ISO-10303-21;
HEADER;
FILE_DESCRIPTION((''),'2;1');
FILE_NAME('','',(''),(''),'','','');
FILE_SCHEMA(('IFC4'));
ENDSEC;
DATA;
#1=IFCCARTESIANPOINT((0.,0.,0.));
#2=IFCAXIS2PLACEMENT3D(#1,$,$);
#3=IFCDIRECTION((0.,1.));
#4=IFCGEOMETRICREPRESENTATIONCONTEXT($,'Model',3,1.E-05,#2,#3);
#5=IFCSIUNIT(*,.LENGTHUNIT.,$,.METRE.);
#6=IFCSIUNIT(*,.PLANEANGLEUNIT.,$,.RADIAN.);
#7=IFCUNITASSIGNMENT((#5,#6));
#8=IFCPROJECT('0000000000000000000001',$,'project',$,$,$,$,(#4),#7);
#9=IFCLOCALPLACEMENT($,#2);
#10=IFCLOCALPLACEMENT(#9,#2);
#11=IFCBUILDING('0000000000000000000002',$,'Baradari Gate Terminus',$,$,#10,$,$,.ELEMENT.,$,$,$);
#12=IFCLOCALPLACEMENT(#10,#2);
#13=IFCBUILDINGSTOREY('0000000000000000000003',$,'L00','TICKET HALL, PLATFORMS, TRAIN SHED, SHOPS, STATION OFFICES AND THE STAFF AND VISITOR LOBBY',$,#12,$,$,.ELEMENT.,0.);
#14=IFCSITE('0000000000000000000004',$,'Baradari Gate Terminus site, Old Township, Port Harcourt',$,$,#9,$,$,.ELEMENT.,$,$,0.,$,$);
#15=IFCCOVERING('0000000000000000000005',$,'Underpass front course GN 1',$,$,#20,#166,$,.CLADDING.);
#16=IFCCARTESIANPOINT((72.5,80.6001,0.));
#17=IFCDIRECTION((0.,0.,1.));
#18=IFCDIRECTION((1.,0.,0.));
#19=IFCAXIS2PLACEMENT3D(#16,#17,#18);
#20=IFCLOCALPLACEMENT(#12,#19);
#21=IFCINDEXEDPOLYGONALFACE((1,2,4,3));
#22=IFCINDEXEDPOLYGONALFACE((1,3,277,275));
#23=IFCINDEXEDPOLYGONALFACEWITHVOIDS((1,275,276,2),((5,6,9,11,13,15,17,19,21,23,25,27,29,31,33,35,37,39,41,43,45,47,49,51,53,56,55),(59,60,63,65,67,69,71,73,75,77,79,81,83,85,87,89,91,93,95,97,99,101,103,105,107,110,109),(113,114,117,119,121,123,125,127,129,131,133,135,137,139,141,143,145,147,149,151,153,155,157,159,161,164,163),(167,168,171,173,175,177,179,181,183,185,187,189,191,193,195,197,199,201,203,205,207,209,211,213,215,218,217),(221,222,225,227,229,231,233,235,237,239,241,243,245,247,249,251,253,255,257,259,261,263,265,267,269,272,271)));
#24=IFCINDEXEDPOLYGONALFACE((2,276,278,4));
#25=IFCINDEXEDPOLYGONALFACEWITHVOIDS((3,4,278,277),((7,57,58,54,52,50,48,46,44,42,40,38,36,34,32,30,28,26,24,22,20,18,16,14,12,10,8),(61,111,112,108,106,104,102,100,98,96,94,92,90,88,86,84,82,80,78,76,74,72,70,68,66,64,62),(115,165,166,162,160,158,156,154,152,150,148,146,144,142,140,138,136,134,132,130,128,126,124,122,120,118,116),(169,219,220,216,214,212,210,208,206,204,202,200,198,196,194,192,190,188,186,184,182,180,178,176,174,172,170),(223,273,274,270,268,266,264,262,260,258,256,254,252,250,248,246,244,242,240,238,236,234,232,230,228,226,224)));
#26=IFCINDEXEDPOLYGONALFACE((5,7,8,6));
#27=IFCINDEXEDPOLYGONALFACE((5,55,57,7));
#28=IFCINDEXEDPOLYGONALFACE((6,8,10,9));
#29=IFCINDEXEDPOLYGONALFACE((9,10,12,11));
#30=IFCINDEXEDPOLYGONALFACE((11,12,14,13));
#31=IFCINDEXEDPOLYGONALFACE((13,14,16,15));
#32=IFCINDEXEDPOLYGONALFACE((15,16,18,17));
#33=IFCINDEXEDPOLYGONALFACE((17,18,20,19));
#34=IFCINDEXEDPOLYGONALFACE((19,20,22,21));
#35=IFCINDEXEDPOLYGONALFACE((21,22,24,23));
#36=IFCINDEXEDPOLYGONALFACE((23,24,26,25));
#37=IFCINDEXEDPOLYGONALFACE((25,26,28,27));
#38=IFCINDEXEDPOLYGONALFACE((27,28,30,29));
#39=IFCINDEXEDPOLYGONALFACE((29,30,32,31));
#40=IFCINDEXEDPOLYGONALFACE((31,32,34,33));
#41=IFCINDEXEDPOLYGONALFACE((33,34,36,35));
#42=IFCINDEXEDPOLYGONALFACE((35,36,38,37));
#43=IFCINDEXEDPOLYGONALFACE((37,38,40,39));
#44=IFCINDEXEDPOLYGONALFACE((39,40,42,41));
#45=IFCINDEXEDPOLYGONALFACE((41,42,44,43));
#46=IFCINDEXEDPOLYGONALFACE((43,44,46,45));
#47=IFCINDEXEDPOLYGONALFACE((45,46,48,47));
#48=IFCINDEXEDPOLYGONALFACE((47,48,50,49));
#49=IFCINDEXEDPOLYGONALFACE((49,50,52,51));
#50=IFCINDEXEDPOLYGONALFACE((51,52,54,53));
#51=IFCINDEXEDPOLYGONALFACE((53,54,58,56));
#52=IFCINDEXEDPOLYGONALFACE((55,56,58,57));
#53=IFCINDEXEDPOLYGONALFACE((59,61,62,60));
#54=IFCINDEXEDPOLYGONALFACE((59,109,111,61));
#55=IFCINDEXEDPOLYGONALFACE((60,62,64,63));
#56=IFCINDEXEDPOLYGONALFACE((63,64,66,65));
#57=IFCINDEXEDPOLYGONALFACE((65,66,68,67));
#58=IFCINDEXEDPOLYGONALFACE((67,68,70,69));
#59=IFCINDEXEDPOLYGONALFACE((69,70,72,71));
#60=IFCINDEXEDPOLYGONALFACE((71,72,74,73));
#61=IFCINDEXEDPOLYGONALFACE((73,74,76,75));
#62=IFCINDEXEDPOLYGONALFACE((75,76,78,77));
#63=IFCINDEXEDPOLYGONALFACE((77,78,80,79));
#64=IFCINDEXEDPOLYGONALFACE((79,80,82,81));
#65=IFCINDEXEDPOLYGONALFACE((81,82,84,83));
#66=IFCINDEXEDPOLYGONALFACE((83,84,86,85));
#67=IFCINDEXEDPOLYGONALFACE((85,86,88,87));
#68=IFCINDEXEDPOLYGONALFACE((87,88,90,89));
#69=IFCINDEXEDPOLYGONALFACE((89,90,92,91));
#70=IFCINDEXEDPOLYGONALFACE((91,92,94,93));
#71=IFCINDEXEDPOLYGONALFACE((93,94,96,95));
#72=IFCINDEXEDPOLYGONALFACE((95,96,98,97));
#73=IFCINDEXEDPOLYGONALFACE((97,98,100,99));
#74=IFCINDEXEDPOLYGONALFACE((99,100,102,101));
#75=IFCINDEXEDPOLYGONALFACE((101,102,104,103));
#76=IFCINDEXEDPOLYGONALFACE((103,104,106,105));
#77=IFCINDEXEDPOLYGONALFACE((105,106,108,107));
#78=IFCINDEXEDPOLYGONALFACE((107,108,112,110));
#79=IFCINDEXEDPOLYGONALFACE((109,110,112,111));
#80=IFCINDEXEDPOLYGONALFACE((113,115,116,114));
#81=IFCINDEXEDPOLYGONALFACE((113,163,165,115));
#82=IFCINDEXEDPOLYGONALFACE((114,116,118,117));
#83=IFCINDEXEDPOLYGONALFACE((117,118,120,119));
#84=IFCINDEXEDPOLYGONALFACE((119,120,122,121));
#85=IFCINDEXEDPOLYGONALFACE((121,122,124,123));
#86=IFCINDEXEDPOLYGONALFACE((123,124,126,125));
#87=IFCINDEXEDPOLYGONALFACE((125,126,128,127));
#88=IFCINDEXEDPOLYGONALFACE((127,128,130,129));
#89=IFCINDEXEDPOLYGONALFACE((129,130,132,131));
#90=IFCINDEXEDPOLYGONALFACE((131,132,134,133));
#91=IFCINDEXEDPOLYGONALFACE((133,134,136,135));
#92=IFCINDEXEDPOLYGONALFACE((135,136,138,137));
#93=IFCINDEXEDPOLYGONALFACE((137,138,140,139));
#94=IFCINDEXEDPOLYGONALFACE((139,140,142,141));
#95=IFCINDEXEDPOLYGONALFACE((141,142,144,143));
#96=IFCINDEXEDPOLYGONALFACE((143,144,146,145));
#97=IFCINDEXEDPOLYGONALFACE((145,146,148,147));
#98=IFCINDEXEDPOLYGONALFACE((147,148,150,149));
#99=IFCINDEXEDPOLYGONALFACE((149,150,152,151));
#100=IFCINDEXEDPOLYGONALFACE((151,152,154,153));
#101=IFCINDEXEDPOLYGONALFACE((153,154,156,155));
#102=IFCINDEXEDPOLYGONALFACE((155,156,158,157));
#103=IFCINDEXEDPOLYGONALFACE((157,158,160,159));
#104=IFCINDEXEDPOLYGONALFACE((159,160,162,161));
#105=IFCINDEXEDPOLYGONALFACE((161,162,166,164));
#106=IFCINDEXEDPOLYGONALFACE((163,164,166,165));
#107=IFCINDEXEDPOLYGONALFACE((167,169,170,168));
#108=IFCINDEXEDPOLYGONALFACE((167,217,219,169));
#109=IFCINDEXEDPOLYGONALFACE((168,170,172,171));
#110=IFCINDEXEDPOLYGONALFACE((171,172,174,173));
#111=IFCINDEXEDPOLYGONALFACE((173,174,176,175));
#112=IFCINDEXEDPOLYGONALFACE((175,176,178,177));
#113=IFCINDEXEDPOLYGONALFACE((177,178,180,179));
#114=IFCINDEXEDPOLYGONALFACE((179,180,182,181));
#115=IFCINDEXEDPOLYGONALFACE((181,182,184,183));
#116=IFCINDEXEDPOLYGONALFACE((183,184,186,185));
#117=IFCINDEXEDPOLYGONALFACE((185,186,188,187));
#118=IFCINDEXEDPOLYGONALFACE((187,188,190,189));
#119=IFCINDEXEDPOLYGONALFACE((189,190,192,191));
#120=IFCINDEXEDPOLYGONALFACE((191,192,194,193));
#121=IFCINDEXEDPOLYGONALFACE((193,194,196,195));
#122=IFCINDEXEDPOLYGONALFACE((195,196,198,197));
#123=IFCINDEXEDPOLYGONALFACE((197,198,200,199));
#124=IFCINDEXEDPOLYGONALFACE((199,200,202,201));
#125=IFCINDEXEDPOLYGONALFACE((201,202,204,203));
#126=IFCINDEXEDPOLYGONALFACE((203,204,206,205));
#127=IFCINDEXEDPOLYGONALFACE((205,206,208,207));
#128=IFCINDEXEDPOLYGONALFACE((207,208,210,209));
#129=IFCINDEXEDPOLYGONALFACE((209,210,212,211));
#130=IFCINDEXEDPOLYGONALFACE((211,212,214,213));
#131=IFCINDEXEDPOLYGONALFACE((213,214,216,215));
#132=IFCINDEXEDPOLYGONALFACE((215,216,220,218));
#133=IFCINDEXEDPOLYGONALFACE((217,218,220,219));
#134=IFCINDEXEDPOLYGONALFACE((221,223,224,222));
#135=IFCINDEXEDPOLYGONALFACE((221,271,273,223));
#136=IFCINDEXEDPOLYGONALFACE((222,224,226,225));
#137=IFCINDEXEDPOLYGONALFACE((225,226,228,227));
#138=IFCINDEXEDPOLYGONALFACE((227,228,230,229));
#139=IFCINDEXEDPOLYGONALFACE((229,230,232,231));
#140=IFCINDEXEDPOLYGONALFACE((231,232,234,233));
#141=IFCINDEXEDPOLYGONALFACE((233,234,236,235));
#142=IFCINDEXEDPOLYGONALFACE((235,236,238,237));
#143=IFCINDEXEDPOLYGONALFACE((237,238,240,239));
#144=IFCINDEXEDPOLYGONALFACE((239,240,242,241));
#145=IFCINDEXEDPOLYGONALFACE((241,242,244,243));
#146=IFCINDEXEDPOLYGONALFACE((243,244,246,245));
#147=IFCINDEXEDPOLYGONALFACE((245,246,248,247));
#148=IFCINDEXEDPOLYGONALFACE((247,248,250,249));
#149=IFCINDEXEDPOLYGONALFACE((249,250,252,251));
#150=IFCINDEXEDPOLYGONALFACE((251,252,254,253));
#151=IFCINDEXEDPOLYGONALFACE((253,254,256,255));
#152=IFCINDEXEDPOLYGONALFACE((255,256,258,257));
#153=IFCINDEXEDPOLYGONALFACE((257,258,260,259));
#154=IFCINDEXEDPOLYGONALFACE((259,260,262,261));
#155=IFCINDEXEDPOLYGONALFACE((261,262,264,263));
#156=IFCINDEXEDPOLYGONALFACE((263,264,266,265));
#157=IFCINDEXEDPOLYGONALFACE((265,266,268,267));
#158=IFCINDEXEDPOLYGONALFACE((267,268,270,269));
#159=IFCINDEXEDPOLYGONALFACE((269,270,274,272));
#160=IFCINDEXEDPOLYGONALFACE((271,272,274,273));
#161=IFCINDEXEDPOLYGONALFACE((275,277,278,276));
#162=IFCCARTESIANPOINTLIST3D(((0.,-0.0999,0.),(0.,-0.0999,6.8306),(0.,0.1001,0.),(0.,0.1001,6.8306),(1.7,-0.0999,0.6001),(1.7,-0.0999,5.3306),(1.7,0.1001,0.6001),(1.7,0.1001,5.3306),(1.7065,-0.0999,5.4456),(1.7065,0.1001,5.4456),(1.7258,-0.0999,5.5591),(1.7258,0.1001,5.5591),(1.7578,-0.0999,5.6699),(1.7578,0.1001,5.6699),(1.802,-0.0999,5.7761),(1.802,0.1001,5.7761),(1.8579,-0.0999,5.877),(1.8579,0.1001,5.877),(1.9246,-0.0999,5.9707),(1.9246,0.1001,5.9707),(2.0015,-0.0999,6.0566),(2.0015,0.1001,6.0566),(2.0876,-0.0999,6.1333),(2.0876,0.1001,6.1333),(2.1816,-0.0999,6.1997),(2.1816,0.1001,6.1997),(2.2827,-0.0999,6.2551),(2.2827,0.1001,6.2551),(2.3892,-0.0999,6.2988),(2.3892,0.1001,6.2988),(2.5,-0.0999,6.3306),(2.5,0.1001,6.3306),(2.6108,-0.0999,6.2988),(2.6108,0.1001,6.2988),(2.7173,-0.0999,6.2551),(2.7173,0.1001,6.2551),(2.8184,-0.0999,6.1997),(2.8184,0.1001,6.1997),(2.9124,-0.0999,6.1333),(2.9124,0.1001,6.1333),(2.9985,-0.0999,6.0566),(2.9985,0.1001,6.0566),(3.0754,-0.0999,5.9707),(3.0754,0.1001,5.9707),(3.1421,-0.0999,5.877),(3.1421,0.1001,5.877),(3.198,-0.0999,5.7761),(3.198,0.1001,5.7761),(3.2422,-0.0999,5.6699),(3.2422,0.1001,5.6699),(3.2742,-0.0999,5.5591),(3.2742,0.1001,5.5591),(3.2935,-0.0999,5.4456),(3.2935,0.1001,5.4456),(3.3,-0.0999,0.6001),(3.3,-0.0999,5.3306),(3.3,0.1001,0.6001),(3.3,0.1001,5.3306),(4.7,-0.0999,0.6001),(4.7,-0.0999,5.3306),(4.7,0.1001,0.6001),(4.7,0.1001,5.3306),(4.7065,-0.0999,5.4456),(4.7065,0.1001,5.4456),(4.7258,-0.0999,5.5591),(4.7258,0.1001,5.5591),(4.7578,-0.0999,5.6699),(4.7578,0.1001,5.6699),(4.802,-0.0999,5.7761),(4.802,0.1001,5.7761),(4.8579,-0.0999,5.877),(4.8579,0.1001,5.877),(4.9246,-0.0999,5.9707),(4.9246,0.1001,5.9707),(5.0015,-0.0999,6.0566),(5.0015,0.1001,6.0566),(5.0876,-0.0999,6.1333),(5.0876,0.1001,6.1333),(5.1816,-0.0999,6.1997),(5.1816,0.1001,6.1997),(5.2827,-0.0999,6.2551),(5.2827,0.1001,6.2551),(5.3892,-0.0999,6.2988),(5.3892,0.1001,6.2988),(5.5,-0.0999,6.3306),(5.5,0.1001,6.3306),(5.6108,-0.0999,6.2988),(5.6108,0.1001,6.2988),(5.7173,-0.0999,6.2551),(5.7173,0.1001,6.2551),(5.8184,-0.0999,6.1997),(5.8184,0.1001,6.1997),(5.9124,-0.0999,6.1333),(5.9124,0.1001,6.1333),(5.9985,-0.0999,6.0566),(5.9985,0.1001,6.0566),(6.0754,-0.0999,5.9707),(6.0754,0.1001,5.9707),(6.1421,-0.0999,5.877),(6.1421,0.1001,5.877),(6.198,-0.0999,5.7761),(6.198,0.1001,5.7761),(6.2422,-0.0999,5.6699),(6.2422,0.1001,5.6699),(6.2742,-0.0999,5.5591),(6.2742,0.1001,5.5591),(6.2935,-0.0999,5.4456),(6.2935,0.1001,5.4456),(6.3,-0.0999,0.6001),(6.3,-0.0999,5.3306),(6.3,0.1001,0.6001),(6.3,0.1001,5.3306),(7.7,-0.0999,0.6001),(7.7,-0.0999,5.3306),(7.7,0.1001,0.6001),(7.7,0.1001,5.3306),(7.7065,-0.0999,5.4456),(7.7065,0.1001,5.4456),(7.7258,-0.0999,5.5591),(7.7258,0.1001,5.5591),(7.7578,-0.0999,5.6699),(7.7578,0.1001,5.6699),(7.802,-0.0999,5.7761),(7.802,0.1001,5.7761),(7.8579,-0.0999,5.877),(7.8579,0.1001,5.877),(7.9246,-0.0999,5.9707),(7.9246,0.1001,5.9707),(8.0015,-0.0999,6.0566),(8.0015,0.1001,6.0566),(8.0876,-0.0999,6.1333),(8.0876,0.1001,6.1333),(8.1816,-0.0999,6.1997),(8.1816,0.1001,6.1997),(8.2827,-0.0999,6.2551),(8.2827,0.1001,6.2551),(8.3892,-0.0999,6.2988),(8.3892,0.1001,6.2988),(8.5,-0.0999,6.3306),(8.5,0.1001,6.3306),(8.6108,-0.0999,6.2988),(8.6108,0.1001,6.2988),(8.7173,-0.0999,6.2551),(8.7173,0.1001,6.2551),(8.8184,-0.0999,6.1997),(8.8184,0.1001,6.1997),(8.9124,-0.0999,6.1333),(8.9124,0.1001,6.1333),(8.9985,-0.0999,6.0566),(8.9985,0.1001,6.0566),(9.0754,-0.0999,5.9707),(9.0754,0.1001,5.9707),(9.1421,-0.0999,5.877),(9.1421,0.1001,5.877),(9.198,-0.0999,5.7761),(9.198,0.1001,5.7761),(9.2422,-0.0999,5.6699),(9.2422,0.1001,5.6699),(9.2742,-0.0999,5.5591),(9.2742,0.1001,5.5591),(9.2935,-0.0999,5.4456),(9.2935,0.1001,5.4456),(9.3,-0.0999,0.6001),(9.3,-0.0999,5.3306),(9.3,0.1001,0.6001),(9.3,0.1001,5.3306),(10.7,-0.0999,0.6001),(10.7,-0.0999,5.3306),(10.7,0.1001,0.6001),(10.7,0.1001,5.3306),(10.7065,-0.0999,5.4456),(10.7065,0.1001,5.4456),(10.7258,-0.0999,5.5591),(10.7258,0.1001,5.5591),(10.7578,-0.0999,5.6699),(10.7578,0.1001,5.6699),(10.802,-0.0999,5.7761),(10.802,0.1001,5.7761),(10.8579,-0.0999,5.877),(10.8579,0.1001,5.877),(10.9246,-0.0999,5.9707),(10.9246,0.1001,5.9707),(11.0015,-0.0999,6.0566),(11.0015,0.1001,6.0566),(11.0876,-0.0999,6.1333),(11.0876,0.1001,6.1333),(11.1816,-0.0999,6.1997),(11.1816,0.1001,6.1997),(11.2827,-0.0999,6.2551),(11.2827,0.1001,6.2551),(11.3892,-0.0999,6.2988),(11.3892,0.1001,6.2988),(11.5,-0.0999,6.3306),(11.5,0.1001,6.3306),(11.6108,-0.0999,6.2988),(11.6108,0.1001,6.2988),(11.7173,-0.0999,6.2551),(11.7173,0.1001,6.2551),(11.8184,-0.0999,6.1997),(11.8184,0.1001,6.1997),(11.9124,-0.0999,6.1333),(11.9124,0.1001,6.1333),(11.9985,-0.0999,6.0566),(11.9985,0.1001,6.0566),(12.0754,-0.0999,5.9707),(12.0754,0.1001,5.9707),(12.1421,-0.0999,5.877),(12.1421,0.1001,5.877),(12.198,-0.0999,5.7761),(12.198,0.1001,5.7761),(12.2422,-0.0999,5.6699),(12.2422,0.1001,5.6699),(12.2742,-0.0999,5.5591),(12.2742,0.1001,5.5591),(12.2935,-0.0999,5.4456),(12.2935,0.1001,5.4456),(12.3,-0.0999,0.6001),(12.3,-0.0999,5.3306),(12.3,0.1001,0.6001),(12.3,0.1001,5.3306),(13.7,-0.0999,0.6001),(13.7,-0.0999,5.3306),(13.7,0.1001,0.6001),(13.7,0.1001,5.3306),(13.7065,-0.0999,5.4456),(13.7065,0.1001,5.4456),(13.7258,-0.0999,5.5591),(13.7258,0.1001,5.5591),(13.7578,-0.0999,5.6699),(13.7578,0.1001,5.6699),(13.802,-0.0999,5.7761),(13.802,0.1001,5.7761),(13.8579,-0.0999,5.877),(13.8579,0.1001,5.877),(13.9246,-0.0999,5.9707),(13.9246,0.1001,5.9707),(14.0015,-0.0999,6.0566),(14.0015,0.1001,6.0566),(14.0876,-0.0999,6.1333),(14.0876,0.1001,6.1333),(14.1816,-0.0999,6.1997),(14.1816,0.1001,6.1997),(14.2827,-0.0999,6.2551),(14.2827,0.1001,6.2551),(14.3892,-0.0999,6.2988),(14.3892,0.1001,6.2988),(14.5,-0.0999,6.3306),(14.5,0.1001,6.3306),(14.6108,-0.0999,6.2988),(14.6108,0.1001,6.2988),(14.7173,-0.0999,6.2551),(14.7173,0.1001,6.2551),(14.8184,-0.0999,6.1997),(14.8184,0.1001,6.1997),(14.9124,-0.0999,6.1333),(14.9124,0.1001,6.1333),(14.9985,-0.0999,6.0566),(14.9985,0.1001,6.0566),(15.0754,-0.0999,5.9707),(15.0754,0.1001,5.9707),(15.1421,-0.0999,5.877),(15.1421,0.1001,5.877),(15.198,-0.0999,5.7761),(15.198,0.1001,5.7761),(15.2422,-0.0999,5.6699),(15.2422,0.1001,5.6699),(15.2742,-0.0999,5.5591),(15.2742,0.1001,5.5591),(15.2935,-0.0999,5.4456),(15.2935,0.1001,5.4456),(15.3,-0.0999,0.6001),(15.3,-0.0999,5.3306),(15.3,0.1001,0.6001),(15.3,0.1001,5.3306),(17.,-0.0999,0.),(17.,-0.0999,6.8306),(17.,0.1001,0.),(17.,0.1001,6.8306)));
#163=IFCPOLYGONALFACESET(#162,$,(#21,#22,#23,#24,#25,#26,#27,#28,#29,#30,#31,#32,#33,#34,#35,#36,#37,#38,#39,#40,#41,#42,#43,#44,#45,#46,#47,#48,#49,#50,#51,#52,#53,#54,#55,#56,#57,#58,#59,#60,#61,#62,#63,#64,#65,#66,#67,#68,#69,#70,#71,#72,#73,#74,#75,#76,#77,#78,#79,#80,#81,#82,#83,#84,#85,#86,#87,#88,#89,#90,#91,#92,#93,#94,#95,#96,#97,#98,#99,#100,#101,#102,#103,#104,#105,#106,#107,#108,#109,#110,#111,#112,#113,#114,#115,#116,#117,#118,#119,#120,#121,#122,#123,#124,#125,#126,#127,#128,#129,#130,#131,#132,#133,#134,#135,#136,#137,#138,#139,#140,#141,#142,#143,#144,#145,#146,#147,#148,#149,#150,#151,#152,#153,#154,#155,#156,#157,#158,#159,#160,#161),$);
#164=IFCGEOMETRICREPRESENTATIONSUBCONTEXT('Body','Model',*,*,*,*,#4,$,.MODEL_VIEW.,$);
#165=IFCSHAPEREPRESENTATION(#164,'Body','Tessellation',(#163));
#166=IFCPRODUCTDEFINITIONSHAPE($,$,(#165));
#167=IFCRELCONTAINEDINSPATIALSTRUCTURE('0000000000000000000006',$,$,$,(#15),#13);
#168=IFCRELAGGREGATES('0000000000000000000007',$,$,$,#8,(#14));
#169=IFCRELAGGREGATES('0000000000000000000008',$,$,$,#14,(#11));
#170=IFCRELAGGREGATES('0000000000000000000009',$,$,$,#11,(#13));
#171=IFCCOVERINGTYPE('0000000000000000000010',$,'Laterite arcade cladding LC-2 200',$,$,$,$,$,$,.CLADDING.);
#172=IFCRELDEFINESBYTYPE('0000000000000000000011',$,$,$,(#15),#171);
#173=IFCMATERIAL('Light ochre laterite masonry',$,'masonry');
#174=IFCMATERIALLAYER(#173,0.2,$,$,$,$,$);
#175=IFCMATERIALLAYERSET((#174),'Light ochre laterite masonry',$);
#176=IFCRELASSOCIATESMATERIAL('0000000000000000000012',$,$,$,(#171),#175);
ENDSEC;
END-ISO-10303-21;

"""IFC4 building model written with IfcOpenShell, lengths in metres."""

from ifc_helpers import new_model, si_unit, direction, frame, origin, place, context, subcontext, project, spatial, polyline, outline, extrude, material, layer, layer_set, type_object, element, save


model = new_model("IFC4")

# Units and contexts
model_context = context("Model", 3, precision=1e-05, world=origin(), true_north=direction((0.0, 1.0)))
body_context = subcontext(model_context, "Body", "Model", "MODEL_VIEW")
ifc_project = project(units=[si_unit("LENGTHUNIT", "METRE"), si_unit("PLANEANGLEUNIT", "RADIAN")], contexts=[model_context])

# Site, building, storey
site_placement = place(None, origin())
site = spatial("IfcSite", under=ifc_project, at=site_placement, Name="Baradari Gate Terminus site, Old Township, Port Harcourt", CompositionType="ELEMENT", RefElevation=0.0)
building_placement = place(site_placement, origin())
building = spatial("IfcBuilding", under=site, at=building_placement, Name="Baradari Gate Terminus", CompositionType="ELEMENT")
storey_placement = place(building_placement, origin())
storey = spatial("IfcBuildingStorey", under=building, at=storey_placement, Name="L00", Description="TICKET HALL, PLATFORMS, TRAIN SHED, SHOPS, STATION OFFICES AND THE STAFF AND VISITOR LOBBY", CompositionType="ELEMENT", Elevation=0.0)

# Covering
ifc_material_1 = material(Name="Light ochre laterite masonry", Category="masonry")
ifc_layer_1 = layer(ifc_material_1, 0.2)
ifc_layer_set_1 = layer_set([ifc_layer_1], Name="Light ochre laterite masonry")
covering_type = type_object("IfcCoveringType", Name="Laterite arcade cladding LC-2 200", PredefinedType="CLADDING", material=ifc_layer_set_1)
covering_placement = place(storey_placement, frame((72.5, 80.6001, 0.0), z_axis=(0.0, 0.0, 1.0), x_axis=(1.0, 0.0, 0.0)))
element("IfcCovering", 1, at=covering_placement, inside=storey, type_object=covering_type, Name="Underpass front course GN 1", PredefinedType="CLADDING", context=body_context, shape_type="SweptSolid", body=[
    extrude(outline(polyline([(0.0, 0.0), (17.0, 0.0), (17.0, 6.8306), (0.0, 6.8306), (0.0, 0.0)]), holes=[polyline([(1.7065, 5.4456), (1.7258, 5.5591), (1.7578, 5.6699), (1.802, 5.7761), (1.8579, 5.877), (1.9246, 5.9707), (2.0015, 6.0566), (2.0876, 6.1333), (2.1816, 6.1997), (2.2827, 6.2551), (2.3892, 6.2988), (2.5, 6.3306), (2.6108, 6.2988), (2.7173, 6.2551), (2.8184, 6.1997), (2.9124, 6.1333), (2.9985, 6.0566), (3.0754, 5.9707), (3.1421, 5.877), (3.198, 5.7761), (3.2422, 5.6699), (3.2742, 5.5591), (3.2935, 5.4456), (3.3, 5.3306), (3.3, 0.6001), (1.7, 0.6001), (1.7, 5.3306), (1.7065, 5.4456)]), polyline([(4.7065, 5.4456), (4.7258, 5.5591), (4.7578, 5.6699), (4.802, 5.7761), (4.8579, 5.877), (4.9246, 5.9707), (5.0015, 6.0566), (5.0876, 6.1333), (5.1816, 6.1997), (5.2827, 6.2551), (5.3892, 6.2988), (5.5, 6.3306), (5.6108, 6.2988), (5.7173, 6.2551), (5.8184, 6.1997), (5.9124, 6.1333), (5.9985, 6.0566), (6.0754, 5.9707), (6.1421, 5.877), (6.198, 5.7761), (6.2422, 5.6699), (6.2742, 5.5591), (6.2935, 5.4456), (6.3, 5.3306), (6.3, 0.6001), (4.7, 0.6001), (4.7, 5.3306), (4.7065, 5.4456)]), polyline([(7.7065, 5.4456), (7.7258, 5.5591), (7.7578, 5.6699), (7.802, 5.7761), (7.8579, 5.877), (7.9246, 5.9707), (8.0015, 6.0566), (8.0876, 6.1333), (8.1816, 6.1997), (8.2827, 6.2551), (8.3892, 6.2988), (8.5, 6.3306), (8.6108, 6.2988), (8.7173, 6.2551), (8.8184, 6.1997), (8.9124, 6.1333), (8.9985, 6.0566), (9.0754, 5.9707), (9.1421, 5.877), (9.198, 5.7761), (9.2422, 5.6699), (9.2742, 5.5591), (9.2935, 5.4456), (9.3, 5.3306), (9.3, 0.6001), (7.7, 0.6001), (7.7, 5.3306), (7.7065, 5.4456)]), polyline([(10.7258, 5.5591), (10.7578, 5.6699), (10.802, 5.7761), (10.8579, 5.877), (10.9246, 5.9707), (11.0015, 6.0566), (11.0876, 6.1333), (11.1816, 6.1997), (11.2827, 6.2551), (11.3892, 6.2988), (11.5, 6.3306), (11.6108, 6.2988), (11.7173, 6.2551), (11.8184, 6.1997), (11.9124, 6.1333), (11.9985, 6.0566), (12.0754, 5.9707), (12.1421, 5.877), (12.198, 5.7761), (12.2422, 5.6699), (12.2742, 5.5591), (12.2935, 5.4456), (12.3, 5.3306), (12.3, 0.6001), (10.7, 0.6001), (10.7, 5.3306), (10.7065, 5.4456), (10.7258, 5.5591)]), polyline([(13.7258, 5.5591), (13.7578, 5.6699), (13.802, 5.7761), (13.8579, 5.877), (13.9246, 5.9707), (14.0015, 6.0566), (14.0876, 6.1333), (14.1816, 6.1997), (14.2827, 6.2551), (14.3892, 6.2988), (14.5, 6.3306), (14.6108, 6.2988), (14.7173, 6.2551), (14.8184, 6.1997), (14.9124, 6.1333), (14.9985, 6.0566), (15.0754, 5.9707), (15.1421, 5.877), (15.198, 5.7761), (15.2422, 5.6699), (15.2742, 5.5591), (15.2935, 5.4456), (15.3, 5.3306), (15.3, 0.6001), (13.7, 0.6001), (13.7, 5.3306), (13.7065, 5.4456), (13.7258, 5.5591)])]), frame((0.0, 0.1001, 0.0), z_axis=(0.0, -1.0, 0.0), x_axis=(1.0, 0.0, 0.0)), (0.0, 0.0, 1.0), 0.2),
])

save(model, "model.ifc")
